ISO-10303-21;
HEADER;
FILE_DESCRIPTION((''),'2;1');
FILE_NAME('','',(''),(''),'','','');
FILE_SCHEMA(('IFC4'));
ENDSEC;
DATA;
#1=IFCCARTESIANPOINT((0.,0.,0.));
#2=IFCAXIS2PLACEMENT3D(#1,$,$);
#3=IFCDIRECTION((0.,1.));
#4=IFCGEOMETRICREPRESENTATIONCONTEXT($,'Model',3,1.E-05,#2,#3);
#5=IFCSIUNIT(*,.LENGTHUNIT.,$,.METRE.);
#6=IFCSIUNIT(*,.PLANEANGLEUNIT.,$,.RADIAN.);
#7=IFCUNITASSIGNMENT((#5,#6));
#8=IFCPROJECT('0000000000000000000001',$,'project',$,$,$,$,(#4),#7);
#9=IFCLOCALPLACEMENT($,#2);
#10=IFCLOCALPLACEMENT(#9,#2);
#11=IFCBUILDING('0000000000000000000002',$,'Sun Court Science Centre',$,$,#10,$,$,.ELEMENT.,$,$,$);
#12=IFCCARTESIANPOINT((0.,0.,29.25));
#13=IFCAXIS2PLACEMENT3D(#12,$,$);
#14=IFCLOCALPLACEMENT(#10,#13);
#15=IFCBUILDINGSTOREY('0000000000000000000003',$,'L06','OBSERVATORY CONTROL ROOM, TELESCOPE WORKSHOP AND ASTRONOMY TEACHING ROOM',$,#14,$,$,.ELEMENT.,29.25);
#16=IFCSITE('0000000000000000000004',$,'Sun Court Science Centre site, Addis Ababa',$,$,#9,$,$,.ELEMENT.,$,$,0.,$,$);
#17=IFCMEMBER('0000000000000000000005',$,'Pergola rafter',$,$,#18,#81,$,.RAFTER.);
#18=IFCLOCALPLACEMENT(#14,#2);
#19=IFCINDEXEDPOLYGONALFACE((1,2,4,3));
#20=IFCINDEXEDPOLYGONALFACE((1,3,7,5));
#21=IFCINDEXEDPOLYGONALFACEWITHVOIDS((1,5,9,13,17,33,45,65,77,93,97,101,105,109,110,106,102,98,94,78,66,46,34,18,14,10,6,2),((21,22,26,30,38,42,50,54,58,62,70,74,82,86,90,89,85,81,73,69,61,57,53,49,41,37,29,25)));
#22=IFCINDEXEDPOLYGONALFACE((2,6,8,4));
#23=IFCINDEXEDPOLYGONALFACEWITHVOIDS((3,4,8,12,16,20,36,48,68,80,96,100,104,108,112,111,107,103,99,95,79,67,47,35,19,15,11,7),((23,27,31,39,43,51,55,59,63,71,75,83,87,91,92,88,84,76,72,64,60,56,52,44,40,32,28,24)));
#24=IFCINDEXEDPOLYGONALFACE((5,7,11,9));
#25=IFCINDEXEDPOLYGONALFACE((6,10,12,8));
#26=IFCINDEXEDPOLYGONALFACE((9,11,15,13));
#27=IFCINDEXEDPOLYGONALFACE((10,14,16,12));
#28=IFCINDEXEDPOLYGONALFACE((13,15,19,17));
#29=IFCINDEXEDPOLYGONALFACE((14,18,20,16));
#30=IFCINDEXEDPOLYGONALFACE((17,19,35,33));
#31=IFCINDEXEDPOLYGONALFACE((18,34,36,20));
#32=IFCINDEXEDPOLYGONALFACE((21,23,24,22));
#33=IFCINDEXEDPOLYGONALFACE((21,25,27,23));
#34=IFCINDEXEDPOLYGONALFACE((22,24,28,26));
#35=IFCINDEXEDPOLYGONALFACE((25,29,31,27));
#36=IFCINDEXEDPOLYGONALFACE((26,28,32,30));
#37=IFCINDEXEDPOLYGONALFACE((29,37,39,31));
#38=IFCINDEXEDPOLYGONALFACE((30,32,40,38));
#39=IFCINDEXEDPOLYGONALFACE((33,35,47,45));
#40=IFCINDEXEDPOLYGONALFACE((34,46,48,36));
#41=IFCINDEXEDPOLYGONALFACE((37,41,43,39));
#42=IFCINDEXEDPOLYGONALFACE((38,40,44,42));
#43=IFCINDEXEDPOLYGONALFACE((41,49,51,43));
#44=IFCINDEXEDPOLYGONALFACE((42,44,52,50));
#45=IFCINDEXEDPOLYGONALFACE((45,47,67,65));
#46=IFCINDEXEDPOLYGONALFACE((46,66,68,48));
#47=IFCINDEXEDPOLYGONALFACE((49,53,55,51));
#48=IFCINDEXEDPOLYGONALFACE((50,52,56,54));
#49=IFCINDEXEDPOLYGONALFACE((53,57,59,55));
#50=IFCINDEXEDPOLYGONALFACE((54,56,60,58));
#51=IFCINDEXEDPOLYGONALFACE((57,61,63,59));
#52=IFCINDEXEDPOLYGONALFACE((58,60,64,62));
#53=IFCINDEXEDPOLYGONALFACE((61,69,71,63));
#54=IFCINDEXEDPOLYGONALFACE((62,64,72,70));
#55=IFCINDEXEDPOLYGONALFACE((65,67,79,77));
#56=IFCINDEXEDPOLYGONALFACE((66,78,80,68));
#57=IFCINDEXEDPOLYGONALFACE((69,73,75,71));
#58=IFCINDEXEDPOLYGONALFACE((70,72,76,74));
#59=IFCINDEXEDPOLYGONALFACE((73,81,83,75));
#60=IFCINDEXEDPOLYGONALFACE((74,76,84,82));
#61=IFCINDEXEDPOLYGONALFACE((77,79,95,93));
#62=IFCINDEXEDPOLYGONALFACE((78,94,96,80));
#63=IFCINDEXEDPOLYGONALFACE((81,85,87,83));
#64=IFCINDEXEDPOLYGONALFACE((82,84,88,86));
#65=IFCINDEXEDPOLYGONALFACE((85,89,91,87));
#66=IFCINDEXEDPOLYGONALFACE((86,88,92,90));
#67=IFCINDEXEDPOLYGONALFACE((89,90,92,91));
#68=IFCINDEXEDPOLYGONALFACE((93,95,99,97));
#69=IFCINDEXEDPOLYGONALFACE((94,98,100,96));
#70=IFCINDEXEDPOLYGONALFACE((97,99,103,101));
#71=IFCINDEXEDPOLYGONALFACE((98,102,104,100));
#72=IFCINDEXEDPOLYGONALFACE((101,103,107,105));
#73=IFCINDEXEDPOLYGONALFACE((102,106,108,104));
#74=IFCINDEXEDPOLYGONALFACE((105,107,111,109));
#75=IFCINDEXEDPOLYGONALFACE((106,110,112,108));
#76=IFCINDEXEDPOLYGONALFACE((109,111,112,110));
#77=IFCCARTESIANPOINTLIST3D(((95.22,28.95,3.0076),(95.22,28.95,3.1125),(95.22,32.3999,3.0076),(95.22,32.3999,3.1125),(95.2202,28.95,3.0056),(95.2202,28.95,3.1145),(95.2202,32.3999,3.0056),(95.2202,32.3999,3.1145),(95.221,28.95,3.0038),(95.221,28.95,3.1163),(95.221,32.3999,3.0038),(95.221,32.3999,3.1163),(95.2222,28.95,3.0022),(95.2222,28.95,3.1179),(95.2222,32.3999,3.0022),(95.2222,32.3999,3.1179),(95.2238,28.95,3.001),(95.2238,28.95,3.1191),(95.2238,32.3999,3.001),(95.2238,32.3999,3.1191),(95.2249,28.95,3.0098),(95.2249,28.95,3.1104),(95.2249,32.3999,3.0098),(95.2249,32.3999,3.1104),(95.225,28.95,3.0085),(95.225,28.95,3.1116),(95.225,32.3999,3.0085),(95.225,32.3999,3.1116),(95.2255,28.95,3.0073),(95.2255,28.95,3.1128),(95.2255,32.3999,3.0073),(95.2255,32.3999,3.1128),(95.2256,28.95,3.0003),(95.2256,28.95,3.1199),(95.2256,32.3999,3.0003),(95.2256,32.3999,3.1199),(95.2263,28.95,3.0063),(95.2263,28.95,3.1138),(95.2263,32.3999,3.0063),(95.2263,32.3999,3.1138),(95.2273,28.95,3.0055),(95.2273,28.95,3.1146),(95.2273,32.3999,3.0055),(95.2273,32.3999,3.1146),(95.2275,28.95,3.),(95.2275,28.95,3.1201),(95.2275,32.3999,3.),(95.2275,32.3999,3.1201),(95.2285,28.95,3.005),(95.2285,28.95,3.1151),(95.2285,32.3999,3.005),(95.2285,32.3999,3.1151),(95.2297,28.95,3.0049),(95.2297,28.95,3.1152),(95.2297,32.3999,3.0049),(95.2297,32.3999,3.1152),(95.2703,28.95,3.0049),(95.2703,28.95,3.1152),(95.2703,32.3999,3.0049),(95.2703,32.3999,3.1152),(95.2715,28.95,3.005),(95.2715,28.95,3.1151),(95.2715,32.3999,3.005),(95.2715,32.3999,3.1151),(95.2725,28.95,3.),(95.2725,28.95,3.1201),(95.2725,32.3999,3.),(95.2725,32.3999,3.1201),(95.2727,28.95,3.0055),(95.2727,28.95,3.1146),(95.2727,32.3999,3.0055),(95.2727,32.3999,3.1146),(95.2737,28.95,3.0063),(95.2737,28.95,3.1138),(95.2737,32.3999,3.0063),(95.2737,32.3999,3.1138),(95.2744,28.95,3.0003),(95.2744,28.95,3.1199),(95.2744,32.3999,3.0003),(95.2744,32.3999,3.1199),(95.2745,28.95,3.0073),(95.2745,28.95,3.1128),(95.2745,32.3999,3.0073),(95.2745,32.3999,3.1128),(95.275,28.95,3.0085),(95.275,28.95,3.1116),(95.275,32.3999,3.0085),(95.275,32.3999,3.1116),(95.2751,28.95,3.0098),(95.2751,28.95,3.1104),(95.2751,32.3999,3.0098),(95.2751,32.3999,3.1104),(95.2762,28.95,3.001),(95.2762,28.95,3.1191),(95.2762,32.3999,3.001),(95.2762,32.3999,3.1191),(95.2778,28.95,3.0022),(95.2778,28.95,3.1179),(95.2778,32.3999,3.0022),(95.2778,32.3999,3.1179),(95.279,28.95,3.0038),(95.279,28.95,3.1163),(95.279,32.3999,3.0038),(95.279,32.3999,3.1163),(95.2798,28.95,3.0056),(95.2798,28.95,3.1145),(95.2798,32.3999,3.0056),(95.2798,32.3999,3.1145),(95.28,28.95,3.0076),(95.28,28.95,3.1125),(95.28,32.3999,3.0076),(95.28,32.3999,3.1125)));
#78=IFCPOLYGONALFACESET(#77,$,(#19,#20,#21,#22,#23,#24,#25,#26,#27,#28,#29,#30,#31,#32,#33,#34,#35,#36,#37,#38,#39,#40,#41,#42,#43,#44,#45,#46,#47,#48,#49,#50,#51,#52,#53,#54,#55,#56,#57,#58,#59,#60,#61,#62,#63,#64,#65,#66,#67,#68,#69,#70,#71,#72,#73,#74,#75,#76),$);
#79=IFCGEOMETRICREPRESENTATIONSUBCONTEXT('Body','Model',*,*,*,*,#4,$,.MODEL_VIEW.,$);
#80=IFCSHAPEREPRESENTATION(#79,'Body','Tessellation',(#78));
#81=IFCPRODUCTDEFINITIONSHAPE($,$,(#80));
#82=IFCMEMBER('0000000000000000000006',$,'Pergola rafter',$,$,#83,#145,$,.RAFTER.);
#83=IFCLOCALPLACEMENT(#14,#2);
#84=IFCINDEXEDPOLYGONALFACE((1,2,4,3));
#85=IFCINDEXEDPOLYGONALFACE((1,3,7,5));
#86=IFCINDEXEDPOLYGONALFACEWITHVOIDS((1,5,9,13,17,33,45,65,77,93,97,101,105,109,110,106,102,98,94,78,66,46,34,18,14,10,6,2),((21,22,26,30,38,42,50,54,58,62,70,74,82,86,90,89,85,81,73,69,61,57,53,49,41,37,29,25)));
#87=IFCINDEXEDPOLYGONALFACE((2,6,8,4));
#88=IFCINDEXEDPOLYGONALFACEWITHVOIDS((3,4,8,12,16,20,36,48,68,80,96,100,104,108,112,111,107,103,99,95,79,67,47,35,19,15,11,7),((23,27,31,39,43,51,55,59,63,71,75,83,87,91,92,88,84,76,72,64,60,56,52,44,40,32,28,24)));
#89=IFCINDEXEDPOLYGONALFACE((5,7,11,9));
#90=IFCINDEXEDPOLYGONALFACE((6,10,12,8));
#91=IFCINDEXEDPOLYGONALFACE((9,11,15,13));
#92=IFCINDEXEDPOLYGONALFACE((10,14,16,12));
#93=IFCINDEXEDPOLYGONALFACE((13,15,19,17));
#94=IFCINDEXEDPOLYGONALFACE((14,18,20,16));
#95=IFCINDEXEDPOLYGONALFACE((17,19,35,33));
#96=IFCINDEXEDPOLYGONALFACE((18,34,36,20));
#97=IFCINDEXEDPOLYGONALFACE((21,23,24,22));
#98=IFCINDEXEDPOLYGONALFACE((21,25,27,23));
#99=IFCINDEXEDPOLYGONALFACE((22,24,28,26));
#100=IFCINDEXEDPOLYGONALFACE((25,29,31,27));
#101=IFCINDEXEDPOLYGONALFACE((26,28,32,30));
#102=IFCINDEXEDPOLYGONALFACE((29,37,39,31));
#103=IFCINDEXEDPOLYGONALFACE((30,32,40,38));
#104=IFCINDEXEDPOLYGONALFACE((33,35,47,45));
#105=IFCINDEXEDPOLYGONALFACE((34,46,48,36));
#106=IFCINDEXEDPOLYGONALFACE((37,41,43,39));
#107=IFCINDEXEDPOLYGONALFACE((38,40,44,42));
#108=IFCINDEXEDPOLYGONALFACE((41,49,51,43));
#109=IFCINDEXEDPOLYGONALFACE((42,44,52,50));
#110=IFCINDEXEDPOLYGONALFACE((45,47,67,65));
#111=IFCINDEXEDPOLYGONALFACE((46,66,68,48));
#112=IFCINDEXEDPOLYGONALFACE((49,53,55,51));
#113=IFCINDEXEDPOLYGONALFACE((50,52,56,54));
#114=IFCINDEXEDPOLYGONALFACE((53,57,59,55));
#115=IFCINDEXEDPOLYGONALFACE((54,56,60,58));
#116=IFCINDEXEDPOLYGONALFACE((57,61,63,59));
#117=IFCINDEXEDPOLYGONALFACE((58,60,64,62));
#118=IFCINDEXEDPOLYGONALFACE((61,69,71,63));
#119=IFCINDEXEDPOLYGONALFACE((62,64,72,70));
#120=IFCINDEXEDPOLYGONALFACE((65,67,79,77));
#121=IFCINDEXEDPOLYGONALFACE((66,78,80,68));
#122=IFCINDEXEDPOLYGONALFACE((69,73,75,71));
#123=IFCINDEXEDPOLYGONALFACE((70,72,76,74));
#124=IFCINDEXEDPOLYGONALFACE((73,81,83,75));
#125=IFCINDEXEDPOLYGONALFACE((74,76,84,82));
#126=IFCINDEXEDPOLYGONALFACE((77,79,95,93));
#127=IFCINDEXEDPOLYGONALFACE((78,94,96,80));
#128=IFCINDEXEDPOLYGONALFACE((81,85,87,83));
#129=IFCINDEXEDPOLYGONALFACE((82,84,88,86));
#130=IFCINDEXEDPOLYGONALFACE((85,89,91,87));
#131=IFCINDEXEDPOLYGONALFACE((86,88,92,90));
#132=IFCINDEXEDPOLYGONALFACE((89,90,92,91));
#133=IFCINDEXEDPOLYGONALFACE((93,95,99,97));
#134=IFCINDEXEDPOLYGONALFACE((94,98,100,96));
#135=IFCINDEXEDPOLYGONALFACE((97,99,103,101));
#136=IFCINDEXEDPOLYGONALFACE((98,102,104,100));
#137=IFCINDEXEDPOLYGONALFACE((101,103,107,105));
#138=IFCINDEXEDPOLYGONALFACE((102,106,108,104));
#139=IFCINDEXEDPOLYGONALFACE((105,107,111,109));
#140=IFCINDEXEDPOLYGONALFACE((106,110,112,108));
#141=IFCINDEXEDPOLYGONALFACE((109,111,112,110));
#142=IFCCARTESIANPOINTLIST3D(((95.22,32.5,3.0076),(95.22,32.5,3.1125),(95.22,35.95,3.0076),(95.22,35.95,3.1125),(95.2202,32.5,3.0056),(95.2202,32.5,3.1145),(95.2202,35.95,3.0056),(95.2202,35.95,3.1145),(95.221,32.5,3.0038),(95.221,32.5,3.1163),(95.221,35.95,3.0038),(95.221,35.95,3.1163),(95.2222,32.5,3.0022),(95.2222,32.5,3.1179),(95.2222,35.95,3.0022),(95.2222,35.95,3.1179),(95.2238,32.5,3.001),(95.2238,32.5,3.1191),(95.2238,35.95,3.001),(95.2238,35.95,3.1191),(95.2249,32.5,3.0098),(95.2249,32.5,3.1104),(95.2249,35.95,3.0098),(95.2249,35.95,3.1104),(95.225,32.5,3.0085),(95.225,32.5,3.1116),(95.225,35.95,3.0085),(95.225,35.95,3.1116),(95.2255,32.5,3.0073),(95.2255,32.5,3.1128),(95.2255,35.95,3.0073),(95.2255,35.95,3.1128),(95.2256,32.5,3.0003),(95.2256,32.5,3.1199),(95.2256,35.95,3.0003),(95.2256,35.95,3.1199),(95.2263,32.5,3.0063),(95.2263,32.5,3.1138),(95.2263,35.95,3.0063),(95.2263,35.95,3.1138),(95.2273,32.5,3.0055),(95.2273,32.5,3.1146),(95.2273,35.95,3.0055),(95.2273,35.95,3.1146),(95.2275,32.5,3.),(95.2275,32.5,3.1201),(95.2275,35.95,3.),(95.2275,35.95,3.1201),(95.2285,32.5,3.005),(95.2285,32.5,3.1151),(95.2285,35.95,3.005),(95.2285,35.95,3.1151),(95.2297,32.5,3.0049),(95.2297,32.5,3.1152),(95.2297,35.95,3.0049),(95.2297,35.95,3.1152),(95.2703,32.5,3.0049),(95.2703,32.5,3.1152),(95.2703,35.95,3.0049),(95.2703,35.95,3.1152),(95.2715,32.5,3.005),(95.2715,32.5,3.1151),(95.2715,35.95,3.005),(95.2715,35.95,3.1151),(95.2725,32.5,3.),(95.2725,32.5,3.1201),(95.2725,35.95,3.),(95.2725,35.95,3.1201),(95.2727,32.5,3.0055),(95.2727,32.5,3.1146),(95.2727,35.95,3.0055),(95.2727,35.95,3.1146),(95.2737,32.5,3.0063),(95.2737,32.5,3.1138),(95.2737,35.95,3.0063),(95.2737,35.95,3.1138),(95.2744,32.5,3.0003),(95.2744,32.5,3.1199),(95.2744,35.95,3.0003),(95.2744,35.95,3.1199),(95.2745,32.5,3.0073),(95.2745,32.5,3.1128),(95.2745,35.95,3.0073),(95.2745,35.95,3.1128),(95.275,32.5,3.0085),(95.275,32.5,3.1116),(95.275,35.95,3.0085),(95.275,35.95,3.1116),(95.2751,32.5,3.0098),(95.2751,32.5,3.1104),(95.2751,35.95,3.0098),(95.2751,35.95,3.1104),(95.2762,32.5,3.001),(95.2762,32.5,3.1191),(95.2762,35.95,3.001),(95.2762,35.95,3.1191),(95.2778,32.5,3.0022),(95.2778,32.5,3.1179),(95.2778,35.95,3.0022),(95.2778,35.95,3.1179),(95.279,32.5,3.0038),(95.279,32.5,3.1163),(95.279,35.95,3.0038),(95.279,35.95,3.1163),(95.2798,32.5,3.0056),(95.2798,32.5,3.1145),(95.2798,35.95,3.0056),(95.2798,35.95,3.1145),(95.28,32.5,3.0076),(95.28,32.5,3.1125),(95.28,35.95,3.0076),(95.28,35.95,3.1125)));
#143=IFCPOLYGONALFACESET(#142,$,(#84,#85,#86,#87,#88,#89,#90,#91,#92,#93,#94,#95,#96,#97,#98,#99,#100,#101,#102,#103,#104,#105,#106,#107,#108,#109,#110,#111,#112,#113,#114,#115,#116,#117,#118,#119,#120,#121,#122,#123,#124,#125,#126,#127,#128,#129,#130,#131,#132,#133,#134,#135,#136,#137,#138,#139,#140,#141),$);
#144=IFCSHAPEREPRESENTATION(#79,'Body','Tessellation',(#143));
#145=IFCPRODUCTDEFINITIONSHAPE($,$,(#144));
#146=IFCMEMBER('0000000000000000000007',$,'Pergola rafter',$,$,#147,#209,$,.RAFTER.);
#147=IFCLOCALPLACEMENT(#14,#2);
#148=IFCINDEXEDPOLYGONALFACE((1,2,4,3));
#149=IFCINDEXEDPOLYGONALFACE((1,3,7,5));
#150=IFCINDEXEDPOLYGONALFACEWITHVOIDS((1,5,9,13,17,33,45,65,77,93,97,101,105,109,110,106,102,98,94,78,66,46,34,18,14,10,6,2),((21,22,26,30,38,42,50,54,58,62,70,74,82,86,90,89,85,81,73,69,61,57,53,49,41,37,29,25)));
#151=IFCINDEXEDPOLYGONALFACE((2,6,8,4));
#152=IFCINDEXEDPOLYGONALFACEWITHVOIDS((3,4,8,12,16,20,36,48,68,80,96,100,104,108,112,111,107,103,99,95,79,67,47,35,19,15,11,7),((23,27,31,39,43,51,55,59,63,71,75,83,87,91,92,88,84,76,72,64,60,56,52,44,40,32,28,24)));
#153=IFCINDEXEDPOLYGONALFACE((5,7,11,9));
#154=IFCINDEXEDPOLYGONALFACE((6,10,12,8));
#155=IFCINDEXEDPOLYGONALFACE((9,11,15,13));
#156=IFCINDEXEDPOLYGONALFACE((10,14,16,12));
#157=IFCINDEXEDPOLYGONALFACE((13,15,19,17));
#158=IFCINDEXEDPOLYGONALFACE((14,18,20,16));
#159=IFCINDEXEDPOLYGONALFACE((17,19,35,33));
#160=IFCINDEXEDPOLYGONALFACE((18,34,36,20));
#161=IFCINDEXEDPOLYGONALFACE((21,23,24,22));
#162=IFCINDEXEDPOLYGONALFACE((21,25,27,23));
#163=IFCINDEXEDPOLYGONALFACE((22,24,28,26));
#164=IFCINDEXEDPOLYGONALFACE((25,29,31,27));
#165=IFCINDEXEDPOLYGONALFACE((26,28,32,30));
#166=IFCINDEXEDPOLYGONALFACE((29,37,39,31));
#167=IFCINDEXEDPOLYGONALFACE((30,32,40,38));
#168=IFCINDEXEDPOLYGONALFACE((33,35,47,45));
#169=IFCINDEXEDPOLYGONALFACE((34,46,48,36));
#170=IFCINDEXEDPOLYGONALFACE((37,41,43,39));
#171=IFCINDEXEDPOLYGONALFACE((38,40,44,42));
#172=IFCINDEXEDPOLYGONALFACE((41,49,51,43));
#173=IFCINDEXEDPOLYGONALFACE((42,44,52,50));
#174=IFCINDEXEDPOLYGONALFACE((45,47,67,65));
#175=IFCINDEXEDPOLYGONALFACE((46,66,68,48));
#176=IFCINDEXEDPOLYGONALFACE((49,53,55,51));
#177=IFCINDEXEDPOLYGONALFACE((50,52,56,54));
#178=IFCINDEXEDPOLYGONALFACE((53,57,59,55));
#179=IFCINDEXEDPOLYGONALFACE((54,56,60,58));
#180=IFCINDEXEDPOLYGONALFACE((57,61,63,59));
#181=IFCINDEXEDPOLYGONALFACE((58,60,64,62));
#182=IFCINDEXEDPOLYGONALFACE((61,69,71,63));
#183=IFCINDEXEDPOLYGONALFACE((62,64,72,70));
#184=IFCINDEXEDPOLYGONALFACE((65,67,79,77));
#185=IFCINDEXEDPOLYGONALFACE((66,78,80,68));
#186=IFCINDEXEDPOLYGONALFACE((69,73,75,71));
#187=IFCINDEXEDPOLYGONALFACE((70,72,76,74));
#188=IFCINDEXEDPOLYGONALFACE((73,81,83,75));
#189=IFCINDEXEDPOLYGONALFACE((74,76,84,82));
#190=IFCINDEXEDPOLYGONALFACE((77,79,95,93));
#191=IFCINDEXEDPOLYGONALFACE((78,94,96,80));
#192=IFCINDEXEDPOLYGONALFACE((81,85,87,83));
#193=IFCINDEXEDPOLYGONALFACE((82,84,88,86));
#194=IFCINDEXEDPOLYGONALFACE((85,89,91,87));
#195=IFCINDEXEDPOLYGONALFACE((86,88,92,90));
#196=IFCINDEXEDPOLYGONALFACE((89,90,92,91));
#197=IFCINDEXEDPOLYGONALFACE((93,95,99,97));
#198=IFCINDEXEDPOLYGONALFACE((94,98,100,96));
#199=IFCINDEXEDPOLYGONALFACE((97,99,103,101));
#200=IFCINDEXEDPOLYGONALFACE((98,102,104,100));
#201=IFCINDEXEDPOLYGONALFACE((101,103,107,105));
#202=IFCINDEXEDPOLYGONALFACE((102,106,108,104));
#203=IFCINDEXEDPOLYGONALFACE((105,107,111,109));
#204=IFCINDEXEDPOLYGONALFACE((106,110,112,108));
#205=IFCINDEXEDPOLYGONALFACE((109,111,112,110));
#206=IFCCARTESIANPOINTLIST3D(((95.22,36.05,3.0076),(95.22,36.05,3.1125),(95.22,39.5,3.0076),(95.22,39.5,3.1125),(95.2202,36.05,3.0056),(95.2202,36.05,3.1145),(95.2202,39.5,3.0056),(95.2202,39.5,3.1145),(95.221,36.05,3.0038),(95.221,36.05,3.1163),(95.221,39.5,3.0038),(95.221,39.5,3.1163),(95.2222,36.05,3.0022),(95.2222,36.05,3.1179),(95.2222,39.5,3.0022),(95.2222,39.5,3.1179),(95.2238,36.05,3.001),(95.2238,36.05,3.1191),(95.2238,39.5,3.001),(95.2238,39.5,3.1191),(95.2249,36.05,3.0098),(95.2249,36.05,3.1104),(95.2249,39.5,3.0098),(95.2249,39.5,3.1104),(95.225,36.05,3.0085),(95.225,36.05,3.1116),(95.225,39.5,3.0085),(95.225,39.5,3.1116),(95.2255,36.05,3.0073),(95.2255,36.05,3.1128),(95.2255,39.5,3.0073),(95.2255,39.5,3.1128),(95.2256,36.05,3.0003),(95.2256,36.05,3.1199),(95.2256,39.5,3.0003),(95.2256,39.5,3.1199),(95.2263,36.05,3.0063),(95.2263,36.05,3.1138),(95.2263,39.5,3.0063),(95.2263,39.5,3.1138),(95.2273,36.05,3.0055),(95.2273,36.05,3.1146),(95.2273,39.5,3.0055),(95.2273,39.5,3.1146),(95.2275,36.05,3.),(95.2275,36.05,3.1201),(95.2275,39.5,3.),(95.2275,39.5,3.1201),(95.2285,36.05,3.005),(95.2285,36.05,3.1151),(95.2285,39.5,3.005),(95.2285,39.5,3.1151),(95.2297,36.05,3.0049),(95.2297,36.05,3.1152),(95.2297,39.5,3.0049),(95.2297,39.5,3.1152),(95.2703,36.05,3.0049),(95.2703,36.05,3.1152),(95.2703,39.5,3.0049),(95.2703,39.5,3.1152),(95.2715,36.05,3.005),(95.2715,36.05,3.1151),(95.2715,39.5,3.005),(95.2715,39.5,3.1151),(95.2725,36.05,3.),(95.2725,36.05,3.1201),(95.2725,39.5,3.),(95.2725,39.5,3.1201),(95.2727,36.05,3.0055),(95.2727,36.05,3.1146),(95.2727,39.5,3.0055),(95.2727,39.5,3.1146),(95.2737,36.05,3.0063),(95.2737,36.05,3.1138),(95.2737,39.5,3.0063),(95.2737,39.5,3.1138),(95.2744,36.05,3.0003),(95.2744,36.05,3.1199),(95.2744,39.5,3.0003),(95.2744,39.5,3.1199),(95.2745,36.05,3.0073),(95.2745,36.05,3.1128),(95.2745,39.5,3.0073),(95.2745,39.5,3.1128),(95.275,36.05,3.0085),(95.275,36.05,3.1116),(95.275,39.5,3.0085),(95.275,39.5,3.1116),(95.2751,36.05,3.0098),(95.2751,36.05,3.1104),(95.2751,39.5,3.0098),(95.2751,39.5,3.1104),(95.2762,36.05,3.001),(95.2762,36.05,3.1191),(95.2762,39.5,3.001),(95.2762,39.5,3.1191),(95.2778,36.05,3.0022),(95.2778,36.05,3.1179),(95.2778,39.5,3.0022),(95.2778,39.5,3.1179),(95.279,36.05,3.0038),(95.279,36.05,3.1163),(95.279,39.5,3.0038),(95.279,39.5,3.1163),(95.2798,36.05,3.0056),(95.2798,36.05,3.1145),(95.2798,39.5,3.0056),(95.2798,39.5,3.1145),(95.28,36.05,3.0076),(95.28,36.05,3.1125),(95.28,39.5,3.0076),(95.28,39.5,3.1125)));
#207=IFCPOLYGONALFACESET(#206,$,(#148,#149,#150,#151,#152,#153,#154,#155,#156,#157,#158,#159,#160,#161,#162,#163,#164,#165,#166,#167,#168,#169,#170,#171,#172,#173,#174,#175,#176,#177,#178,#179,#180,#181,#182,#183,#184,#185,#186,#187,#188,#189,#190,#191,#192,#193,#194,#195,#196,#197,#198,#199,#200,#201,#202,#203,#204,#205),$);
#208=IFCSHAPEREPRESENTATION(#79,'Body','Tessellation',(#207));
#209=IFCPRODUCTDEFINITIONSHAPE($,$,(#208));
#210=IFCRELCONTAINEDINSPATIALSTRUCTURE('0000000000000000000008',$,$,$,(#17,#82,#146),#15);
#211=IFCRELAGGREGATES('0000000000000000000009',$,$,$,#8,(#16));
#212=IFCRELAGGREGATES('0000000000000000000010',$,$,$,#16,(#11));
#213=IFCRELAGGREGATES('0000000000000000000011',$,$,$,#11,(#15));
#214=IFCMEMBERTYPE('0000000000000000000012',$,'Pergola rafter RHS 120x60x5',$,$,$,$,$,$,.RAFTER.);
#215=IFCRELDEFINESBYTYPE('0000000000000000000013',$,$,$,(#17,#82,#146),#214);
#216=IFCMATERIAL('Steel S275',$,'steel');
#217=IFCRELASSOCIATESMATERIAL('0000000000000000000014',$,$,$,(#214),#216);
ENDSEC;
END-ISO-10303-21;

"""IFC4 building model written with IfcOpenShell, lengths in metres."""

from ifc_helpers import new_model, si_unit, direction, frame, origin, origin_2d, place, context, subcontext, project, spatial, hollow_rectangle, extrude, material, material_profile, profile_set, type_object, element, save


model = new_model("IFC4")

# Units and contexts
model_context = context("Model", 3, precision=1e-05, world=origin(), true_north=direction((0.0, 1.0)))
body_context = subcontext(model_context, "Body", "Model", "MODEL_VIEW")
ifc_project = project(units=[si_unit("LENGTHUNIT", "METRE"), si_unit("PLANEANGLEUNIT", "RADIAN")], contexts=[model_context])

# Site, building, storey
site_placement = place(None, origin())
site = spatial("IfcSite", under=ifc_project, at=site_placement, Name="Sun Court Science Centre site, Addis Ababa", CompositionType="ELEMENT", RefElevation=0.0)
building_placement = place(site_placement, origin())
building = spatial("IfcBuilding", under=site, at=building_placement, Name="Sun Court Science Centre", CompositionType="ELEMENT")
storey_placement = place(building_placement, frame((0.0, 0.0, 29.25)))
storey = spatial("IfcBuildingStorey", under=building, at=storey_placement, Name="L06", Description="OBSERVATORY CONTROL ROOM, TELESCOPE WORKSHOP AND ASTRONOMY TEACHING ROOM", CompositionType="ELEMENT", Elevation=29.25)

# Members
ifc_material_1 = material(Name="Steel S275", Category="steel")
ifc_material_profile_1 = material_profile(ifc_material_1, hollow_rectangle(XDim=0.0601, YDim=0.1201, WallThickness=0.0049, InnerFilletRadius=0.0049, OuterFilletRadius=0.0076, at=origin_2d()), Name="RHS 120x60x5")
ifc_profile_set_1 = profile_set([ifc_material_profile_1], Name="Steel S275")
member_type_1 = type_object("IfcMemberType", Name="Pergola rafter RHS 120x60x5", PredefinedType="RAFTER", material=ifc_profile_set_1)
for number, where, z_axis, x_axis, name in (
    (1, (95.25, 28.95, 3.0601), (0.0, 1.0, 0.0), (-1.0, 0.0, 0.0), "Pergola rafter"),
    (2, (95.25, 32.5, 3.0601), (0.0, 1.0, 0.0), (-1.0, 0.0, 0.0), "Pergola rafter"),
    (3, (95.25, 36.05, 3.0601), (0.0, 1.0, 0.0), (-1.0, 0.0, 0.0), "Pergola rafter"),
):
    element("IfcMember", number, at=place(storey_placement, frame(where, z_axis=z_axis, x_axis=x_axis)), inside=storey, type_object=member_type_1, Name=name, PredefinedType="RAFTER", context=body_context, shape_type="SweptSolid", body=[
        extrude(hollow_rectangle(XDim=0.0601, YDim=0.1201, WallThickness=0.0049, InnerFilletRadius=0.0049, OuterFilletRadius=0.0076, at=origin_2d()), origin(), (0.0, 0.0, 1.0), 3.45),
    ])

save(model, "model.ifc")
